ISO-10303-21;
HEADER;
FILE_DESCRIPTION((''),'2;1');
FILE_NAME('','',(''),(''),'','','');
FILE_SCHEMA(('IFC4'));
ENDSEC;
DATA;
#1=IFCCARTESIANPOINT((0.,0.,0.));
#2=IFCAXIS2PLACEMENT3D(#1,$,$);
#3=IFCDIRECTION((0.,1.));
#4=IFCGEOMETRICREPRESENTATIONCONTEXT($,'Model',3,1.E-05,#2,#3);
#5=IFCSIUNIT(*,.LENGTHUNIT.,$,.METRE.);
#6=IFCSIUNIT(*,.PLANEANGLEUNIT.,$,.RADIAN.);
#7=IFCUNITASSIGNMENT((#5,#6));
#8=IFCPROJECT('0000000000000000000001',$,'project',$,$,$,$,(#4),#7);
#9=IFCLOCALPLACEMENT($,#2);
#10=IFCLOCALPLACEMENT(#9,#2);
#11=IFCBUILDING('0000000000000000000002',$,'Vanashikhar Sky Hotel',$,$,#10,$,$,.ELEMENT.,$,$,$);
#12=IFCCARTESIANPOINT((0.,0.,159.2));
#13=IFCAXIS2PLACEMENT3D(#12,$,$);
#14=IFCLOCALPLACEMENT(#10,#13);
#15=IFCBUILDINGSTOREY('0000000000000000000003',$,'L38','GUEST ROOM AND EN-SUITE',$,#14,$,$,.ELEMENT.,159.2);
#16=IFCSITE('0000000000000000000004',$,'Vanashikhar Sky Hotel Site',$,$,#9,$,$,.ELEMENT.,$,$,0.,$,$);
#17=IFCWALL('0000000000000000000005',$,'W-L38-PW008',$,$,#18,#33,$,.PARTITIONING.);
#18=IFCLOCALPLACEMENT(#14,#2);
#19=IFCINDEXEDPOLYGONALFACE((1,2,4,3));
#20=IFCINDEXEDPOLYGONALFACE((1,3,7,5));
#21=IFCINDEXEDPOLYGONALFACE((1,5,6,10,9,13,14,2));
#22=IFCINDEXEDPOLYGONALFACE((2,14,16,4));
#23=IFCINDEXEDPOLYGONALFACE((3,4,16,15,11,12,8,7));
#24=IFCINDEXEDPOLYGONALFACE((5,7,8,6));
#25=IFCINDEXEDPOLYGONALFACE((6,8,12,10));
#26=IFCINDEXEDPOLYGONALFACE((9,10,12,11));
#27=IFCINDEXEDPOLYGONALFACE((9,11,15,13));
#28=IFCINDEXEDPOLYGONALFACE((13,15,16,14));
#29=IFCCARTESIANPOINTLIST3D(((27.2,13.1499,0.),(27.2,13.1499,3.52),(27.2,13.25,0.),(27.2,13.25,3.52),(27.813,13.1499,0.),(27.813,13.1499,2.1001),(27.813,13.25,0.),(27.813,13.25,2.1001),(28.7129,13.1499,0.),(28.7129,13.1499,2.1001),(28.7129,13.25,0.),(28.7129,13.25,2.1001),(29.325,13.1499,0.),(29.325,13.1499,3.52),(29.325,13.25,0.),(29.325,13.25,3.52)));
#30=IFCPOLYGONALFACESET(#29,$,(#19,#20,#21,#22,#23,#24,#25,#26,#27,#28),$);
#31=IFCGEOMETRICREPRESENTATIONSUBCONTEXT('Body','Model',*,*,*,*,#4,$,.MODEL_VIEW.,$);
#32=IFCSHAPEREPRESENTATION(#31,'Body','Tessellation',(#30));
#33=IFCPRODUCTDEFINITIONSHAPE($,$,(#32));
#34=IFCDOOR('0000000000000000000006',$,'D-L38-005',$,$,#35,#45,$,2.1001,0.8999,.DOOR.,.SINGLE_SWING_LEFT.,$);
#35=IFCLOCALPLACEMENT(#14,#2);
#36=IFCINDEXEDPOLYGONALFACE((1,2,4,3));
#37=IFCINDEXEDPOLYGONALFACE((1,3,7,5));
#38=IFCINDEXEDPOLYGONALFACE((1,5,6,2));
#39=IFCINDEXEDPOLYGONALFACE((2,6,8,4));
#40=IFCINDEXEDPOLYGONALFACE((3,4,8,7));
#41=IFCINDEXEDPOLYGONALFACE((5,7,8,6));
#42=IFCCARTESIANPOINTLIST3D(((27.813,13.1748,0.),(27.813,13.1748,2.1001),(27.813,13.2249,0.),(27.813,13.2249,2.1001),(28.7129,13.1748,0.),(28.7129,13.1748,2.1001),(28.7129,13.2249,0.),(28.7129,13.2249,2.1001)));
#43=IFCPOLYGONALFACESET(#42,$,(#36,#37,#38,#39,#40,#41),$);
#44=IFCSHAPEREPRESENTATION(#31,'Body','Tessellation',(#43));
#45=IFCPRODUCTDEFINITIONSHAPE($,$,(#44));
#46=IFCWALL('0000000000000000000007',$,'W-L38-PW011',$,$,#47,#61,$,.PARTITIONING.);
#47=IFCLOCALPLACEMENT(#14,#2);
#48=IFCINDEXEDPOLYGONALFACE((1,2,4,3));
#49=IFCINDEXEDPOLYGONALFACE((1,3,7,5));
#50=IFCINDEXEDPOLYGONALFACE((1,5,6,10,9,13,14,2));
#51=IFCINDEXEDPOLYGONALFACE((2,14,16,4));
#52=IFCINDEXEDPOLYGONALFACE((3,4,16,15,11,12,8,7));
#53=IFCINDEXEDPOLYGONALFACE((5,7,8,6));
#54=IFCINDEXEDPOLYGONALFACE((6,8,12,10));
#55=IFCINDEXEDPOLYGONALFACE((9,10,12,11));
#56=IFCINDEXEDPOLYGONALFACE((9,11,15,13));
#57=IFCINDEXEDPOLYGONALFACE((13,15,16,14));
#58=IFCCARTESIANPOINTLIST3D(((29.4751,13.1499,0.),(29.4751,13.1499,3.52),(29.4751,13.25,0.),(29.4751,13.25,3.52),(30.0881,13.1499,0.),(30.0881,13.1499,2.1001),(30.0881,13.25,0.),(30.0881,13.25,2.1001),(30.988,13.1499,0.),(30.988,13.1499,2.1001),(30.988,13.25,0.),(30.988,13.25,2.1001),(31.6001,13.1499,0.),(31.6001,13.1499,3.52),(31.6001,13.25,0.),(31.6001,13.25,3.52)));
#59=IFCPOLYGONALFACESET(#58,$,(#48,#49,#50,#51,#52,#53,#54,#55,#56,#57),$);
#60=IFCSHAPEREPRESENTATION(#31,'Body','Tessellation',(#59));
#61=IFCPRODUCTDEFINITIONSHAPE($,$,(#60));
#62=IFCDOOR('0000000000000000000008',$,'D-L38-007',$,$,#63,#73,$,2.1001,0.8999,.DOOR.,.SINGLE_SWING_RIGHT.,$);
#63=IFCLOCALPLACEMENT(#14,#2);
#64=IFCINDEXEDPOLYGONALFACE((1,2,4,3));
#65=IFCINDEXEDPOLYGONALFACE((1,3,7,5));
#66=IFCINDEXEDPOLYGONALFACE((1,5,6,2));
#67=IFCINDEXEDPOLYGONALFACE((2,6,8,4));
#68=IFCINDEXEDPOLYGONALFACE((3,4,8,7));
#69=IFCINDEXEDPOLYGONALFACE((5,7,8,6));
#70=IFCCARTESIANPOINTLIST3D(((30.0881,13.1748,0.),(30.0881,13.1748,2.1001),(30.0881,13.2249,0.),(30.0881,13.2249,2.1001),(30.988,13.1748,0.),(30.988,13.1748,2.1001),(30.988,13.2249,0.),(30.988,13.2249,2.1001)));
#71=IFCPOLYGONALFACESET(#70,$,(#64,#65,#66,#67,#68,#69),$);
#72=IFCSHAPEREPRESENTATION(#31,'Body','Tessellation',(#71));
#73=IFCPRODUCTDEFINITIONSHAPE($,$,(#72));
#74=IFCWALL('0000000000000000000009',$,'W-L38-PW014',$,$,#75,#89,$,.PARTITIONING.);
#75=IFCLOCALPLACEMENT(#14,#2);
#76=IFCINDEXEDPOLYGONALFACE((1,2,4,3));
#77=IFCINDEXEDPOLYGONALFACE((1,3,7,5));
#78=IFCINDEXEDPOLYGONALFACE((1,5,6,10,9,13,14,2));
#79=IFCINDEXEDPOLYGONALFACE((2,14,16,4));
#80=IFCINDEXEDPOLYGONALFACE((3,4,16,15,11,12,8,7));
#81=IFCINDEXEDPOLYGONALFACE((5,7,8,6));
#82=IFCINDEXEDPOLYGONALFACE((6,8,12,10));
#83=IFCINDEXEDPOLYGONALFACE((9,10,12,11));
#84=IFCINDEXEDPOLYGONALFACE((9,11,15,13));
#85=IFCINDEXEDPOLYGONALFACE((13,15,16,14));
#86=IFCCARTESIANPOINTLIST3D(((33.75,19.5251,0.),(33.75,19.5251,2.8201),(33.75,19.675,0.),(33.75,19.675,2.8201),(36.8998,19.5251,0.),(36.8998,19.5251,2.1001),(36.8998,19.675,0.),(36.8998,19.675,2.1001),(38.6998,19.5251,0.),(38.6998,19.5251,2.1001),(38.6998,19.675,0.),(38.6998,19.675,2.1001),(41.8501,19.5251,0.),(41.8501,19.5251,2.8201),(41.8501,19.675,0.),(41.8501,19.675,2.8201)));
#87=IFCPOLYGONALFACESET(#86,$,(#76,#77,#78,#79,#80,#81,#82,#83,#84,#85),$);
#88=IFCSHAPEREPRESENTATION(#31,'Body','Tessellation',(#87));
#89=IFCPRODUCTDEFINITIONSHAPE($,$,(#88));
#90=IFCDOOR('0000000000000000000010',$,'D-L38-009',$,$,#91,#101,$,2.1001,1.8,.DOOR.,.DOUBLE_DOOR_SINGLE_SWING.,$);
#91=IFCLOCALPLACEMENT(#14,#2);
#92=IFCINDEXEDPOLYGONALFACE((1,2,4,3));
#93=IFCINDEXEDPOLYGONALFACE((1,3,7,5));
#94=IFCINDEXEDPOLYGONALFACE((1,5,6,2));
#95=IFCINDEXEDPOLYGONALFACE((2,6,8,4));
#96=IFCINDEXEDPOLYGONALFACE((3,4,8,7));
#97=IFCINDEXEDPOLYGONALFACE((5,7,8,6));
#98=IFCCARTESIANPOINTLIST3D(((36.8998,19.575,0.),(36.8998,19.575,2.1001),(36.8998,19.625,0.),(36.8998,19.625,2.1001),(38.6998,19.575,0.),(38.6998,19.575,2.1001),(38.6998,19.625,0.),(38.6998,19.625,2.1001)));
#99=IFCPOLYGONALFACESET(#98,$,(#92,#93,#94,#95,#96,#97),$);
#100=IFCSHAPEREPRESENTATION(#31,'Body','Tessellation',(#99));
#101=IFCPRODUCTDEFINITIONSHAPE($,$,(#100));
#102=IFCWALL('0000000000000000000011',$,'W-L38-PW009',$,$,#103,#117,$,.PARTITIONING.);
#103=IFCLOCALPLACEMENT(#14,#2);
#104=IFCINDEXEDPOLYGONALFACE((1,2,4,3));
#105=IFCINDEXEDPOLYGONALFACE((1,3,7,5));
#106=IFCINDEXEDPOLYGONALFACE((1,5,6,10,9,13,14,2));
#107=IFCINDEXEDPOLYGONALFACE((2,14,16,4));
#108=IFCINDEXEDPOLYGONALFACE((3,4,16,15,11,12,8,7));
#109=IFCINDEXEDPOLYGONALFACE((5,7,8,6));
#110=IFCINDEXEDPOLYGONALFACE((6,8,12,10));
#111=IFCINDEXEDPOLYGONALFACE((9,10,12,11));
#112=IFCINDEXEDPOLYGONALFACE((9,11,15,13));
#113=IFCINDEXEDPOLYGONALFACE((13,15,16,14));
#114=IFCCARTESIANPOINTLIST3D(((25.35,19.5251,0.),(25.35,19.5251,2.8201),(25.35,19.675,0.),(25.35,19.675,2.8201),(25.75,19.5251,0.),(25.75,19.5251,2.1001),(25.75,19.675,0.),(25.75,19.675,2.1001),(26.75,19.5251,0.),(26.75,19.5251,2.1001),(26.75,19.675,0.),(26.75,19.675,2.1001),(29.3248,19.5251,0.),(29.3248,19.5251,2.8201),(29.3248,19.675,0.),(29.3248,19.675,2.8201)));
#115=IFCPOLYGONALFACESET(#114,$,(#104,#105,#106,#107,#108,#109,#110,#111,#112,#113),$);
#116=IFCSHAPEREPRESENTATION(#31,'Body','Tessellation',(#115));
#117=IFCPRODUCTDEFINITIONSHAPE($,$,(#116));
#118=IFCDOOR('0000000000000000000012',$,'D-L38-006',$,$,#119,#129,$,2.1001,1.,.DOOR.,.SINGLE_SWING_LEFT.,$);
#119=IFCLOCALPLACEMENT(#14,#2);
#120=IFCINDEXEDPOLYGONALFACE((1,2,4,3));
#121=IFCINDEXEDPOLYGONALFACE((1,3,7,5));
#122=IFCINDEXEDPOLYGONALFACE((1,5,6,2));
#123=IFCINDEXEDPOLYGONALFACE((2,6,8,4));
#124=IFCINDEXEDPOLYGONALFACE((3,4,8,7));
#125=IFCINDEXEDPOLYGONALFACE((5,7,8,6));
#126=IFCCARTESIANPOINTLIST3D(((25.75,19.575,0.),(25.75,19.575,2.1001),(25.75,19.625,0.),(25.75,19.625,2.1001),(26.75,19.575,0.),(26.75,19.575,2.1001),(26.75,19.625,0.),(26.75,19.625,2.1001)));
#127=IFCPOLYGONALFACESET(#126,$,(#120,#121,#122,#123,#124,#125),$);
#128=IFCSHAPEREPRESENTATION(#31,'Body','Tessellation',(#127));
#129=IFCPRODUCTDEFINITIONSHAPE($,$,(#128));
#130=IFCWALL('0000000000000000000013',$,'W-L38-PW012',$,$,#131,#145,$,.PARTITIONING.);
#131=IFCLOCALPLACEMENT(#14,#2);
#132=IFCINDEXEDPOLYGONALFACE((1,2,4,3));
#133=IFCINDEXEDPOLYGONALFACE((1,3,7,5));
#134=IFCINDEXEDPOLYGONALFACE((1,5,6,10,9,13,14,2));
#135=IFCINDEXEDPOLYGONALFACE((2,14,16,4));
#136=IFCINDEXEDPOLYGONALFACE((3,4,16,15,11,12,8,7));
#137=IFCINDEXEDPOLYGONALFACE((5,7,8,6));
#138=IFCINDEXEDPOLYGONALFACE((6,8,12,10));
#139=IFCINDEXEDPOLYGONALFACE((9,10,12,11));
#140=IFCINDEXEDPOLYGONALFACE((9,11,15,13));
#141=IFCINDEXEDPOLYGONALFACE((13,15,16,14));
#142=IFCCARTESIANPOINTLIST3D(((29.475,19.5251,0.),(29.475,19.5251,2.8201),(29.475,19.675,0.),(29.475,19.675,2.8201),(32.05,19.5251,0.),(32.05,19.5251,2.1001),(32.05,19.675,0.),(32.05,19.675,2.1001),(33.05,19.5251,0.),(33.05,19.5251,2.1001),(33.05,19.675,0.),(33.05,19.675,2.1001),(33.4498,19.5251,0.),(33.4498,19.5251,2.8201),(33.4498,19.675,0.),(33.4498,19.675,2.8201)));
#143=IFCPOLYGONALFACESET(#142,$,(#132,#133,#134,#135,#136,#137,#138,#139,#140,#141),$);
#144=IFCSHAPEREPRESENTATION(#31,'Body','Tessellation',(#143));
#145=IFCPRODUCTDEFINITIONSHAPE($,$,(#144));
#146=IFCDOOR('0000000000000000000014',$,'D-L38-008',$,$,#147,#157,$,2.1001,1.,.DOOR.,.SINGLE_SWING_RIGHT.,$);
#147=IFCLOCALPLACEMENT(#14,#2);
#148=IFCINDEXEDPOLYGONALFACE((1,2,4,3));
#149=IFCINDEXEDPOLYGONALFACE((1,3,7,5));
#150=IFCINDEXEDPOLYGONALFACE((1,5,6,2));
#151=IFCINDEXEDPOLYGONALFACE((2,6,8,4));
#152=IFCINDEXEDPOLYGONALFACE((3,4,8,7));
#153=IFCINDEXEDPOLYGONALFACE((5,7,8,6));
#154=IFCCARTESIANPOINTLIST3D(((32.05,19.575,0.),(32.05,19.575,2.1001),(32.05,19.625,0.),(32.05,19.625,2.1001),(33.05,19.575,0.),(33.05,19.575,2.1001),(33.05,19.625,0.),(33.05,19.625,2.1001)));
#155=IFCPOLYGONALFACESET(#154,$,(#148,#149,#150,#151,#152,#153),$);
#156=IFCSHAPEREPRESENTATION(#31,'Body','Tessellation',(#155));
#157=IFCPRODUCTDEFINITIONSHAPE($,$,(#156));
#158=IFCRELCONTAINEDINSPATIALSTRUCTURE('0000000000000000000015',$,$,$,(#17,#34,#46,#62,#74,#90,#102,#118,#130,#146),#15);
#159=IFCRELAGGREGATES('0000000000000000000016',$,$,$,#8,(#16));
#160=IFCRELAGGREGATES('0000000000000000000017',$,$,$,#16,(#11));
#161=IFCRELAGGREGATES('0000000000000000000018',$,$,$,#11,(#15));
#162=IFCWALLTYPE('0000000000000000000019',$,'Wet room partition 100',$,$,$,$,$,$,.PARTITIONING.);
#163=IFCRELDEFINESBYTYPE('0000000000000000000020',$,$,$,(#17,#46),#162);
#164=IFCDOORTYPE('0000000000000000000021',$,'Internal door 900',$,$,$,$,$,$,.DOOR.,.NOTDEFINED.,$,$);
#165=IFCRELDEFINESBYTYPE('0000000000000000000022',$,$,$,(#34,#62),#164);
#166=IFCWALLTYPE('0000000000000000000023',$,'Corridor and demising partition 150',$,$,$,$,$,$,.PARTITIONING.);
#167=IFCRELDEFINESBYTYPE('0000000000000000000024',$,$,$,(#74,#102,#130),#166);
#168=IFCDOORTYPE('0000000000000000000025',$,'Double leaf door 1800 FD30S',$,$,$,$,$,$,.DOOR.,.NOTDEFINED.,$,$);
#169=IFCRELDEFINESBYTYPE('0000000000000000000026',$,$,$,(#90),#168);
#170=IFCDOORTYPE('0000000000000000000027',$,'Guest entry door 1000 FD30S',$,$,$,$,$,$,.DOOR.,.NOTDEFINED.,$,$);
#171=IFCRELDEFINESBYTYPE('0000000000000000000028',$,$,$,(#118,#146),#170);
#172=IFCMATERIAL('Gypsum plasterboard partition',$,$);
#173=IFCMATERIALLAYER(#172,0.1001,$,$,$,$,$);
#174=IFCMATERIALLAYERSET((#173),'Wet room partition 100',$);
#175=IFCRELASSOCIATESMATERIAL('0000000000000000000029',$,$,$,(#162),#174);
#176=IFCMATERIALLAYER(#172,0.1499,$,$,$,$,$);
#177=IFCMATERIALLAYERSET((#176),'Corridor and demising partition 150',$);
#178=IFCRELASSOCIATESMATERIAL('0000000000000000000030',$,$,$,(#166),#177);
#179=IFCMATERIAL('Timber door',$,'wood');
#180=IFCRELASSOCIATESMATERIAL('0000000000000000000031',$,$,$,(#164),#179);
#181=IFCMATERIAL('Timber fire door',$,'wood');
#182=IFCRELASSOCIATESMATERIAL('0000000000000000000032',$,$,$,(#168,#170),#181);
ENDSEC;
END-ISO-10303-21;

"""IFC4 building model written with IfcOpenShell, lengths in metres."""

from ifc_helpers import new_model, si_unit, direction, frame, frame_2d, origin, place, context, subcontext, project, spatial, rectangle, extrude, source, transform, mapped, material, layer, layer_set, type_object, element, fill, save


model = new_model("IFC4")

# Units and contexts
model_context = context("Model", 3, precision=1e-05, world=origin(), true_north=direction((0.0, 1.0)))
body_context = subcontext(model_context, "Body", "Model", "MODEL_VIEW")
ifc_project = project(units=[si_unit("LENGTHUNIT", "METRE"), si_unit("PLANEANGLEUNIT", "RADIAN")], contexts=[model_context])

# Site, building, storey
site_placement = place(None, origin())
site = spatial("IfcSite", under=ifc_project, at=site_placement, Name="Vanashikhar Sky Hotel Site", CompositionType="ELEMENT", RefElevation=0.0)
building_placement = place(site_placement, origin())
building = spatial("IfcBuilding", under=site, at=building_placement, Name="Vanashikhar Sky Hotel", CompositionType="ELEMENT")
storey_placement = place(building_placement, frame((0.0, 0.0, 159.2)))
storey = spatial("IfcBuildingStorey", under=building, at=storey_placement, Name="L38", Description="GUEST ROOM AND EN-SUITE", CompositionType="ELEMENT", Elevation=159.2)

# Shared definitions
ifc_material_1 = material(Name="Gypsum plasterboard partition")
ifc_layer_1 = layer(ifc_material_1, 0.1001)
ifc_layer_set_1 = layer_set([ifc_layer_1], Name="Wet room partition 100")
wall_type_1 = type_object("IfcWallType", Name="Wet room partition 100", PredefinedType="PARTITIONING", material=ifc_layer_set_1)
ifc_layer_2 = layer(ifc_material_1, 0.1499)
ifc_layer_set_2 = layer_set([ifc_layer_2], Name="Corridor and demising partition 150")
wall_type_2 = type_object("IfcWallType", Name="Corridor and demising partition 150", PredefinedType="PARTITIONING", material=ifc_layer_set_2)

# Walls, openings, doors
shared_shape_1 = source(origin(), body_context, "Body", "SweptSolid", [
    extrude(rectangle(XDim=2.125, YDim=0.1001, at=frame_2d((1.0625, 0.0))), origin(), (0.0, 0.0, 1.0), 3.52),
])
wall_1_placement = place(storey_placement, frame((27.2, 13.2, 0.0), z_axis=(0.0, 0.0, 1.0), x_axis=(1.0, 0.0, 0.0)))
wall_1 = element("IfcWall", 1, at=wall_1_placement, inside=storey, type_object=wall_type_1, Name="W-L38-PW008", PredefinedType="PARTITIONING", context=body_context, shape_type="MappedRepresentation", body=[
    mapped(shared_shape_1, transform((0.0, 0.0, 0.0), scale=1.0)),
])
shared_shape_2 = source(origin(), body_context, "Body", "SweptSolid", [
    extrude(rectangle(XDim=0.8999, YDim=2.1001, at=frame_2d((0.45, 1.05))), frame((0.0, 0.0601, 0.0), z_axis=(0.0, -1.0, 0.0), x_axis=(1.0, 0.0, 0.0)), (0.0, 0.0, 1.0), 0.1201),
])
opening_1_placement = place(wall_1_placement, frame((0.613, 0.0, 0.0)))
opening_1 = element("IfcOpeningElement", 2, at=opening_1_placement, cuts=wall_1, PredefinedType="OPENING", context=body_context, shape_type="MappedRepresentation", body=[
    mapped(shared_shape_2, transform((0.0, 0.0, 0.0), scale=1.0)),
])
ifc_material_2 = material(Name="Timber door", Category="wood")
door_type_1 = type_object("IfcDoorType", Name="Internal door 900", OperationType="NOTDEFINED", PredefinedType="DOOR", material=ifc_material_2)
shared_shape_3 = source(origin(), body_context, "Body", "SweptSolid", [
    extrude(rectangle(XDim=0.8999, YDim=2.1001, at=frame_2d((0.45, 1.05))), frame((0.0, 0.0249, 0.0), z_axis=(0.0, -1.0, 0.0), x_axis=(1.0, 0.0, 0.0)), (0.0, 0.0, 1.0), 0.05),
])
door_1_placement = place(opening_1_placement, origin())
door_1 = element("IfcDoor", 3, at=door_1_placement, inside=storey, type_object=door_type_1, Name="D-L38-005", OperationType="SINGLE_SWING_LEFT", OverallHeight=2.1001, OverallWidth=0.8999, PredefinedType="DOOR", context=body_context, shape_type="MappedRepresentation", body=[
    mapped(shared_shape_3, transform((0.0, 0.0, 0.0), scale=1.0)),
])
fill(opening_1, door_1)
wall_2_placement = place(storey_placement, frame((29.4751, 13.2, 0.0), z_axis=(0.0, 0.0, 1.0), x_axis=(1.0, 0.0, 0.0)))
wall_2 = element("IfcWall", 4, at=wall_2_placement, inside=storey, type_object=wall_type_1, Name="W-L38-PW011", PredefinedType="PARTITIONING", context=body_context, shape_type="MappedRepresentation", body=[
    mapped(shared_shape_1, transform((0.0, 0.0, 0.0), scale=1.0)),
])
opening_2_placement = place(wall_2_placement, frame((0.613, 0.0, 0.0)))
opening_2 = element("IfcOpeningElement", 5, at=opening_2_placement, cuts=wall_2, PredefinedType="OPENING", context=body_context, shape_type="MappedRepresentation", body=[
    mapped(shared_shape_2, transform((0.0, 0.0, 0.0), scale=1.0)),
])
door_2_placement = place(opening_2_placement, origin())
door_2 = element("IfcDoor", 6, at=door_2_placement, inside=storey, type_object=door_type_1, Name="D-L38-007", OperationType="SINGLE_SWING_RIGHT", OverallHeight=2.1001, OverallWidth=0.8999, PredefinedType="DOOR", context=body_context, shape_type="MappedRepresentation", body=[
    mapped(shared_shape_3, transform((0.0, 0.0, 0.0), scale=1.0)),
])
fill(opening_2, door_2)
shared_shape_4 = source(origin(), body_context, "Body", "SweptSolid", [
    extrude(rectangle(XDim=8.1001, YDim=0.1499, at=frame_2d((4.05, 0.0))), origin(), (0.0, 0.0, 1.0), 2.8201),
])
wall_3_placement = place(storey_placement, frame((33.75, 19.6001, 0.0), z_axis=(0.0, 0.0, 1.0), x_axis=(1.0, 0.0, 0.0)))
wall_3 = element("IfcWall", 7, at=wall_3_placement, inside=storey, type_object=wall_type_2, Name="W-L38-PW014", PredefinedType="PARTITIONING", context=body_context, shape_type="MappedRepresentation", body=[
    mapped(shared_shape_4, transform((0.0, 0.0, 0.0), scale=1.0)),
])
shared_shape_5 = source(origin(), body_context, "Body", "SweptSolid", [
    extrude(rectangle(XDim=1.8, YDim=2.1001, at=frame_2d((0.8999, 1.05))), frame((0.0, 0.085, 0.0), z_axis=(0.0, -1.0, 0.0), x_axis=(1.0, 0.0, 0.0)), (0.0, 0.0, 1.0), 0.1699),
])
opening_3_placement = place(wall_3_placement, frame((3.1499, 0.0, 0.0)))
opening_3 = element("IfcOpeningElement", 8, at=opening_3_placement, cuts=wall_3, PredefinedType="OPENING", context=body_context, shape_type="MappedRepresentation", body=[
    mapped(shared_shape_5, transform((0.0, 0.0, 0.0), scale=1.0)),
])
ifc_material_3 = material(Name="Timber fire door", Category="wood")
door_type_2 = type_object("IfcDoorType", Name="Double leaf door 1800 FD30S", OperationType="NOTDEFINED", PredefinedType="DOOR", material=ifc_material_3)
shared_shape_6 = source(origin(), body_context, "Body", "SweptSolid", [
    extrude(rectangle(XDim=1.8, YDim=2.1001, at=frame_2d((0.8999, 1.05))), frame((0.0, 0.0249, 0.0), z_axis=(0.0, -1.0, 0.0), x_axis=(1.0, 0.0, 0.0)), (0.0, 0.0, 1.0), 0.05),
])
door_3_placement = place(opening_3_placement, origin())
door_3 = element("IfcDoor", 9, at=door_3_placement, inside=storey, type_object=door_type_2, Name="D-L38-009", OperationType="DOUBLE_DOOR_SINGLE_SWING", OverallHeight=2.1001, OverallWidth=1.8, PredefinedType="DOOR", context=body_context, shape_type="MappedRepresentation", body=[
    mapped(shared_shape_6, transform((0.0, 0.0, 0.0), scale=1.0)),
])
fill(opening_3, door_3)
shared_shape_7 = source(origin(), body_context, "Body", "SweptSolid", [
    extrude(rectangle(XDim=3.9749, YDim=0.1499, at=frame_2d((1.9873, 0.0))), origin(), (0.0, 0.0, 1.0), 2.8201),
])
wall_4_placement = place(storey_placement, frame((25.3501, 19.6001, 0.0), z_axis=(0.0, 0.0, 1.0), x_axis=(1.0, 0.0, 0.0)))
wall_4 = element("IfcWall", 10, at=wall_4_placement, inside=storey, type_object=wall_type_2, Name="W-L38-PW009", PredefinedType="PARTITIONING", context=body_context, shape_type="MappedRepresentation", body=[
    mapped(shared_shape_7, transform((0.0, 0.0, 0.0), scale=1.0)),
])
shared_shape_8 = source(origin(), body_context, "Body", "SweptSolid", [
    extrude(rectangle(XDim=1.0, YDim=2.1001, at=frame_2d((0.5, 1.05))), frame((0.0, 0.085, 0.0), z_axis=(0.0, -1.0, 0.0), x_axis=(1.0, 0.0, 0.0)), (0.0, 0.0, 1.0), 0.1699),
])
opening_4_placement = place(wall_4_placement, frame((0.3999, 0.0, 0.0)))
opening_4 = element("IfcOpeningElement", 11, at=opening_4_placement, cuts=wall_4, PredefinedType="OPENING", context=body_context, shape_type="MappedRepresentation", body=[
    mapped(shared_shape_8, transform((0.0, 0.0, 0.0), scale=1.0)),
])
door_type_3 = type_object("IfcDoorType", Name="Guest entry door 1000 FD30S", OperationType="NOTDEFINED", PredefinedType="DOOR", material=ifc_material_3)
shared_shape_9 = source(origin(), body_context, "Body", "SweptSolid", [
    extrude(rectangle(XDim=1.0, YDim=2.1001, at=frame_2d((0.5, 1.05))), frame((0.0, 0.0249, 0.0), z_axis=(0.0, -1.0, 0.0), x_axis=(1.0, 0.0, 0.0)), (0.0, 0.0, 1.0), 0.05),
])
door_4_placement = place(opening_4_placement, origin())
door_4 = element("IfcDoor", 12, at=door_4_placement, inside=storey, type_object=door_type_3, Name="D-L38-006", OperationType="SINGLE_SWING_LEFT", OverallHeight=2.1001, OverallWidth=1.0, PredefinedType="DOOR", context=body_context, shape_type="MappedRepresentation", body=[
    mapped(shared_shape_9, transform((0.0, 0.0, 0.0), scale=1.0)),
])
fill(opening_4, door_4)
wall_5_placement = place(storey_placement, frame((29.4751, 19.6001, 0.0), z_axis=(0.0, 0.0, 1.0), x_axis=(1.0, 0.0, 0.0)))
wall_5 = element("IfcWall", 13, at=wall_5_placement, inside=storey, type_object=wall_type_2, Name="W-L38-PW012", PredefinedType="PARTITIONING", context=body_context, shape_type="MappedRepresentation", body=[
    mapped(shared_shape_7, transform((0.0, 0.0, 0.0), scale=1.0)),
])
opening_5_placement = place(wall_5_placement, frame((2.575, 0.0, 0.0)))
opening_5 = element("IfcOpeningElement", 14, at=opening_5_placement, cuts=wall_5, PredefinedType="OPENING", context=body_context, shape_type="MappedRepresentation", body=[
    mapped(shared_shape_8, transform((0.0, 0.0, 0.0), scale=1.0)),
])
door_5_placement = place(opening_5_placement, origin())
door_5 = element("IfcDoor", 15, at=door_5_placement, inside=storey, type_object=door_type_3, Name="D-L38-008", OperationType="SINGLE_SWING_RIGHT", OverallHeight=2.1001, OverallWidth=1.0, PredefinedType="DOOR", context=body_context, shape_type="MappedRepresentation", body=[
    mapped(shared_shape_9, transform((0.0, 0.0, 0.0), scale=1.0)),
])
fill(opening_5, door_5)

save(model, "model.ifc")
